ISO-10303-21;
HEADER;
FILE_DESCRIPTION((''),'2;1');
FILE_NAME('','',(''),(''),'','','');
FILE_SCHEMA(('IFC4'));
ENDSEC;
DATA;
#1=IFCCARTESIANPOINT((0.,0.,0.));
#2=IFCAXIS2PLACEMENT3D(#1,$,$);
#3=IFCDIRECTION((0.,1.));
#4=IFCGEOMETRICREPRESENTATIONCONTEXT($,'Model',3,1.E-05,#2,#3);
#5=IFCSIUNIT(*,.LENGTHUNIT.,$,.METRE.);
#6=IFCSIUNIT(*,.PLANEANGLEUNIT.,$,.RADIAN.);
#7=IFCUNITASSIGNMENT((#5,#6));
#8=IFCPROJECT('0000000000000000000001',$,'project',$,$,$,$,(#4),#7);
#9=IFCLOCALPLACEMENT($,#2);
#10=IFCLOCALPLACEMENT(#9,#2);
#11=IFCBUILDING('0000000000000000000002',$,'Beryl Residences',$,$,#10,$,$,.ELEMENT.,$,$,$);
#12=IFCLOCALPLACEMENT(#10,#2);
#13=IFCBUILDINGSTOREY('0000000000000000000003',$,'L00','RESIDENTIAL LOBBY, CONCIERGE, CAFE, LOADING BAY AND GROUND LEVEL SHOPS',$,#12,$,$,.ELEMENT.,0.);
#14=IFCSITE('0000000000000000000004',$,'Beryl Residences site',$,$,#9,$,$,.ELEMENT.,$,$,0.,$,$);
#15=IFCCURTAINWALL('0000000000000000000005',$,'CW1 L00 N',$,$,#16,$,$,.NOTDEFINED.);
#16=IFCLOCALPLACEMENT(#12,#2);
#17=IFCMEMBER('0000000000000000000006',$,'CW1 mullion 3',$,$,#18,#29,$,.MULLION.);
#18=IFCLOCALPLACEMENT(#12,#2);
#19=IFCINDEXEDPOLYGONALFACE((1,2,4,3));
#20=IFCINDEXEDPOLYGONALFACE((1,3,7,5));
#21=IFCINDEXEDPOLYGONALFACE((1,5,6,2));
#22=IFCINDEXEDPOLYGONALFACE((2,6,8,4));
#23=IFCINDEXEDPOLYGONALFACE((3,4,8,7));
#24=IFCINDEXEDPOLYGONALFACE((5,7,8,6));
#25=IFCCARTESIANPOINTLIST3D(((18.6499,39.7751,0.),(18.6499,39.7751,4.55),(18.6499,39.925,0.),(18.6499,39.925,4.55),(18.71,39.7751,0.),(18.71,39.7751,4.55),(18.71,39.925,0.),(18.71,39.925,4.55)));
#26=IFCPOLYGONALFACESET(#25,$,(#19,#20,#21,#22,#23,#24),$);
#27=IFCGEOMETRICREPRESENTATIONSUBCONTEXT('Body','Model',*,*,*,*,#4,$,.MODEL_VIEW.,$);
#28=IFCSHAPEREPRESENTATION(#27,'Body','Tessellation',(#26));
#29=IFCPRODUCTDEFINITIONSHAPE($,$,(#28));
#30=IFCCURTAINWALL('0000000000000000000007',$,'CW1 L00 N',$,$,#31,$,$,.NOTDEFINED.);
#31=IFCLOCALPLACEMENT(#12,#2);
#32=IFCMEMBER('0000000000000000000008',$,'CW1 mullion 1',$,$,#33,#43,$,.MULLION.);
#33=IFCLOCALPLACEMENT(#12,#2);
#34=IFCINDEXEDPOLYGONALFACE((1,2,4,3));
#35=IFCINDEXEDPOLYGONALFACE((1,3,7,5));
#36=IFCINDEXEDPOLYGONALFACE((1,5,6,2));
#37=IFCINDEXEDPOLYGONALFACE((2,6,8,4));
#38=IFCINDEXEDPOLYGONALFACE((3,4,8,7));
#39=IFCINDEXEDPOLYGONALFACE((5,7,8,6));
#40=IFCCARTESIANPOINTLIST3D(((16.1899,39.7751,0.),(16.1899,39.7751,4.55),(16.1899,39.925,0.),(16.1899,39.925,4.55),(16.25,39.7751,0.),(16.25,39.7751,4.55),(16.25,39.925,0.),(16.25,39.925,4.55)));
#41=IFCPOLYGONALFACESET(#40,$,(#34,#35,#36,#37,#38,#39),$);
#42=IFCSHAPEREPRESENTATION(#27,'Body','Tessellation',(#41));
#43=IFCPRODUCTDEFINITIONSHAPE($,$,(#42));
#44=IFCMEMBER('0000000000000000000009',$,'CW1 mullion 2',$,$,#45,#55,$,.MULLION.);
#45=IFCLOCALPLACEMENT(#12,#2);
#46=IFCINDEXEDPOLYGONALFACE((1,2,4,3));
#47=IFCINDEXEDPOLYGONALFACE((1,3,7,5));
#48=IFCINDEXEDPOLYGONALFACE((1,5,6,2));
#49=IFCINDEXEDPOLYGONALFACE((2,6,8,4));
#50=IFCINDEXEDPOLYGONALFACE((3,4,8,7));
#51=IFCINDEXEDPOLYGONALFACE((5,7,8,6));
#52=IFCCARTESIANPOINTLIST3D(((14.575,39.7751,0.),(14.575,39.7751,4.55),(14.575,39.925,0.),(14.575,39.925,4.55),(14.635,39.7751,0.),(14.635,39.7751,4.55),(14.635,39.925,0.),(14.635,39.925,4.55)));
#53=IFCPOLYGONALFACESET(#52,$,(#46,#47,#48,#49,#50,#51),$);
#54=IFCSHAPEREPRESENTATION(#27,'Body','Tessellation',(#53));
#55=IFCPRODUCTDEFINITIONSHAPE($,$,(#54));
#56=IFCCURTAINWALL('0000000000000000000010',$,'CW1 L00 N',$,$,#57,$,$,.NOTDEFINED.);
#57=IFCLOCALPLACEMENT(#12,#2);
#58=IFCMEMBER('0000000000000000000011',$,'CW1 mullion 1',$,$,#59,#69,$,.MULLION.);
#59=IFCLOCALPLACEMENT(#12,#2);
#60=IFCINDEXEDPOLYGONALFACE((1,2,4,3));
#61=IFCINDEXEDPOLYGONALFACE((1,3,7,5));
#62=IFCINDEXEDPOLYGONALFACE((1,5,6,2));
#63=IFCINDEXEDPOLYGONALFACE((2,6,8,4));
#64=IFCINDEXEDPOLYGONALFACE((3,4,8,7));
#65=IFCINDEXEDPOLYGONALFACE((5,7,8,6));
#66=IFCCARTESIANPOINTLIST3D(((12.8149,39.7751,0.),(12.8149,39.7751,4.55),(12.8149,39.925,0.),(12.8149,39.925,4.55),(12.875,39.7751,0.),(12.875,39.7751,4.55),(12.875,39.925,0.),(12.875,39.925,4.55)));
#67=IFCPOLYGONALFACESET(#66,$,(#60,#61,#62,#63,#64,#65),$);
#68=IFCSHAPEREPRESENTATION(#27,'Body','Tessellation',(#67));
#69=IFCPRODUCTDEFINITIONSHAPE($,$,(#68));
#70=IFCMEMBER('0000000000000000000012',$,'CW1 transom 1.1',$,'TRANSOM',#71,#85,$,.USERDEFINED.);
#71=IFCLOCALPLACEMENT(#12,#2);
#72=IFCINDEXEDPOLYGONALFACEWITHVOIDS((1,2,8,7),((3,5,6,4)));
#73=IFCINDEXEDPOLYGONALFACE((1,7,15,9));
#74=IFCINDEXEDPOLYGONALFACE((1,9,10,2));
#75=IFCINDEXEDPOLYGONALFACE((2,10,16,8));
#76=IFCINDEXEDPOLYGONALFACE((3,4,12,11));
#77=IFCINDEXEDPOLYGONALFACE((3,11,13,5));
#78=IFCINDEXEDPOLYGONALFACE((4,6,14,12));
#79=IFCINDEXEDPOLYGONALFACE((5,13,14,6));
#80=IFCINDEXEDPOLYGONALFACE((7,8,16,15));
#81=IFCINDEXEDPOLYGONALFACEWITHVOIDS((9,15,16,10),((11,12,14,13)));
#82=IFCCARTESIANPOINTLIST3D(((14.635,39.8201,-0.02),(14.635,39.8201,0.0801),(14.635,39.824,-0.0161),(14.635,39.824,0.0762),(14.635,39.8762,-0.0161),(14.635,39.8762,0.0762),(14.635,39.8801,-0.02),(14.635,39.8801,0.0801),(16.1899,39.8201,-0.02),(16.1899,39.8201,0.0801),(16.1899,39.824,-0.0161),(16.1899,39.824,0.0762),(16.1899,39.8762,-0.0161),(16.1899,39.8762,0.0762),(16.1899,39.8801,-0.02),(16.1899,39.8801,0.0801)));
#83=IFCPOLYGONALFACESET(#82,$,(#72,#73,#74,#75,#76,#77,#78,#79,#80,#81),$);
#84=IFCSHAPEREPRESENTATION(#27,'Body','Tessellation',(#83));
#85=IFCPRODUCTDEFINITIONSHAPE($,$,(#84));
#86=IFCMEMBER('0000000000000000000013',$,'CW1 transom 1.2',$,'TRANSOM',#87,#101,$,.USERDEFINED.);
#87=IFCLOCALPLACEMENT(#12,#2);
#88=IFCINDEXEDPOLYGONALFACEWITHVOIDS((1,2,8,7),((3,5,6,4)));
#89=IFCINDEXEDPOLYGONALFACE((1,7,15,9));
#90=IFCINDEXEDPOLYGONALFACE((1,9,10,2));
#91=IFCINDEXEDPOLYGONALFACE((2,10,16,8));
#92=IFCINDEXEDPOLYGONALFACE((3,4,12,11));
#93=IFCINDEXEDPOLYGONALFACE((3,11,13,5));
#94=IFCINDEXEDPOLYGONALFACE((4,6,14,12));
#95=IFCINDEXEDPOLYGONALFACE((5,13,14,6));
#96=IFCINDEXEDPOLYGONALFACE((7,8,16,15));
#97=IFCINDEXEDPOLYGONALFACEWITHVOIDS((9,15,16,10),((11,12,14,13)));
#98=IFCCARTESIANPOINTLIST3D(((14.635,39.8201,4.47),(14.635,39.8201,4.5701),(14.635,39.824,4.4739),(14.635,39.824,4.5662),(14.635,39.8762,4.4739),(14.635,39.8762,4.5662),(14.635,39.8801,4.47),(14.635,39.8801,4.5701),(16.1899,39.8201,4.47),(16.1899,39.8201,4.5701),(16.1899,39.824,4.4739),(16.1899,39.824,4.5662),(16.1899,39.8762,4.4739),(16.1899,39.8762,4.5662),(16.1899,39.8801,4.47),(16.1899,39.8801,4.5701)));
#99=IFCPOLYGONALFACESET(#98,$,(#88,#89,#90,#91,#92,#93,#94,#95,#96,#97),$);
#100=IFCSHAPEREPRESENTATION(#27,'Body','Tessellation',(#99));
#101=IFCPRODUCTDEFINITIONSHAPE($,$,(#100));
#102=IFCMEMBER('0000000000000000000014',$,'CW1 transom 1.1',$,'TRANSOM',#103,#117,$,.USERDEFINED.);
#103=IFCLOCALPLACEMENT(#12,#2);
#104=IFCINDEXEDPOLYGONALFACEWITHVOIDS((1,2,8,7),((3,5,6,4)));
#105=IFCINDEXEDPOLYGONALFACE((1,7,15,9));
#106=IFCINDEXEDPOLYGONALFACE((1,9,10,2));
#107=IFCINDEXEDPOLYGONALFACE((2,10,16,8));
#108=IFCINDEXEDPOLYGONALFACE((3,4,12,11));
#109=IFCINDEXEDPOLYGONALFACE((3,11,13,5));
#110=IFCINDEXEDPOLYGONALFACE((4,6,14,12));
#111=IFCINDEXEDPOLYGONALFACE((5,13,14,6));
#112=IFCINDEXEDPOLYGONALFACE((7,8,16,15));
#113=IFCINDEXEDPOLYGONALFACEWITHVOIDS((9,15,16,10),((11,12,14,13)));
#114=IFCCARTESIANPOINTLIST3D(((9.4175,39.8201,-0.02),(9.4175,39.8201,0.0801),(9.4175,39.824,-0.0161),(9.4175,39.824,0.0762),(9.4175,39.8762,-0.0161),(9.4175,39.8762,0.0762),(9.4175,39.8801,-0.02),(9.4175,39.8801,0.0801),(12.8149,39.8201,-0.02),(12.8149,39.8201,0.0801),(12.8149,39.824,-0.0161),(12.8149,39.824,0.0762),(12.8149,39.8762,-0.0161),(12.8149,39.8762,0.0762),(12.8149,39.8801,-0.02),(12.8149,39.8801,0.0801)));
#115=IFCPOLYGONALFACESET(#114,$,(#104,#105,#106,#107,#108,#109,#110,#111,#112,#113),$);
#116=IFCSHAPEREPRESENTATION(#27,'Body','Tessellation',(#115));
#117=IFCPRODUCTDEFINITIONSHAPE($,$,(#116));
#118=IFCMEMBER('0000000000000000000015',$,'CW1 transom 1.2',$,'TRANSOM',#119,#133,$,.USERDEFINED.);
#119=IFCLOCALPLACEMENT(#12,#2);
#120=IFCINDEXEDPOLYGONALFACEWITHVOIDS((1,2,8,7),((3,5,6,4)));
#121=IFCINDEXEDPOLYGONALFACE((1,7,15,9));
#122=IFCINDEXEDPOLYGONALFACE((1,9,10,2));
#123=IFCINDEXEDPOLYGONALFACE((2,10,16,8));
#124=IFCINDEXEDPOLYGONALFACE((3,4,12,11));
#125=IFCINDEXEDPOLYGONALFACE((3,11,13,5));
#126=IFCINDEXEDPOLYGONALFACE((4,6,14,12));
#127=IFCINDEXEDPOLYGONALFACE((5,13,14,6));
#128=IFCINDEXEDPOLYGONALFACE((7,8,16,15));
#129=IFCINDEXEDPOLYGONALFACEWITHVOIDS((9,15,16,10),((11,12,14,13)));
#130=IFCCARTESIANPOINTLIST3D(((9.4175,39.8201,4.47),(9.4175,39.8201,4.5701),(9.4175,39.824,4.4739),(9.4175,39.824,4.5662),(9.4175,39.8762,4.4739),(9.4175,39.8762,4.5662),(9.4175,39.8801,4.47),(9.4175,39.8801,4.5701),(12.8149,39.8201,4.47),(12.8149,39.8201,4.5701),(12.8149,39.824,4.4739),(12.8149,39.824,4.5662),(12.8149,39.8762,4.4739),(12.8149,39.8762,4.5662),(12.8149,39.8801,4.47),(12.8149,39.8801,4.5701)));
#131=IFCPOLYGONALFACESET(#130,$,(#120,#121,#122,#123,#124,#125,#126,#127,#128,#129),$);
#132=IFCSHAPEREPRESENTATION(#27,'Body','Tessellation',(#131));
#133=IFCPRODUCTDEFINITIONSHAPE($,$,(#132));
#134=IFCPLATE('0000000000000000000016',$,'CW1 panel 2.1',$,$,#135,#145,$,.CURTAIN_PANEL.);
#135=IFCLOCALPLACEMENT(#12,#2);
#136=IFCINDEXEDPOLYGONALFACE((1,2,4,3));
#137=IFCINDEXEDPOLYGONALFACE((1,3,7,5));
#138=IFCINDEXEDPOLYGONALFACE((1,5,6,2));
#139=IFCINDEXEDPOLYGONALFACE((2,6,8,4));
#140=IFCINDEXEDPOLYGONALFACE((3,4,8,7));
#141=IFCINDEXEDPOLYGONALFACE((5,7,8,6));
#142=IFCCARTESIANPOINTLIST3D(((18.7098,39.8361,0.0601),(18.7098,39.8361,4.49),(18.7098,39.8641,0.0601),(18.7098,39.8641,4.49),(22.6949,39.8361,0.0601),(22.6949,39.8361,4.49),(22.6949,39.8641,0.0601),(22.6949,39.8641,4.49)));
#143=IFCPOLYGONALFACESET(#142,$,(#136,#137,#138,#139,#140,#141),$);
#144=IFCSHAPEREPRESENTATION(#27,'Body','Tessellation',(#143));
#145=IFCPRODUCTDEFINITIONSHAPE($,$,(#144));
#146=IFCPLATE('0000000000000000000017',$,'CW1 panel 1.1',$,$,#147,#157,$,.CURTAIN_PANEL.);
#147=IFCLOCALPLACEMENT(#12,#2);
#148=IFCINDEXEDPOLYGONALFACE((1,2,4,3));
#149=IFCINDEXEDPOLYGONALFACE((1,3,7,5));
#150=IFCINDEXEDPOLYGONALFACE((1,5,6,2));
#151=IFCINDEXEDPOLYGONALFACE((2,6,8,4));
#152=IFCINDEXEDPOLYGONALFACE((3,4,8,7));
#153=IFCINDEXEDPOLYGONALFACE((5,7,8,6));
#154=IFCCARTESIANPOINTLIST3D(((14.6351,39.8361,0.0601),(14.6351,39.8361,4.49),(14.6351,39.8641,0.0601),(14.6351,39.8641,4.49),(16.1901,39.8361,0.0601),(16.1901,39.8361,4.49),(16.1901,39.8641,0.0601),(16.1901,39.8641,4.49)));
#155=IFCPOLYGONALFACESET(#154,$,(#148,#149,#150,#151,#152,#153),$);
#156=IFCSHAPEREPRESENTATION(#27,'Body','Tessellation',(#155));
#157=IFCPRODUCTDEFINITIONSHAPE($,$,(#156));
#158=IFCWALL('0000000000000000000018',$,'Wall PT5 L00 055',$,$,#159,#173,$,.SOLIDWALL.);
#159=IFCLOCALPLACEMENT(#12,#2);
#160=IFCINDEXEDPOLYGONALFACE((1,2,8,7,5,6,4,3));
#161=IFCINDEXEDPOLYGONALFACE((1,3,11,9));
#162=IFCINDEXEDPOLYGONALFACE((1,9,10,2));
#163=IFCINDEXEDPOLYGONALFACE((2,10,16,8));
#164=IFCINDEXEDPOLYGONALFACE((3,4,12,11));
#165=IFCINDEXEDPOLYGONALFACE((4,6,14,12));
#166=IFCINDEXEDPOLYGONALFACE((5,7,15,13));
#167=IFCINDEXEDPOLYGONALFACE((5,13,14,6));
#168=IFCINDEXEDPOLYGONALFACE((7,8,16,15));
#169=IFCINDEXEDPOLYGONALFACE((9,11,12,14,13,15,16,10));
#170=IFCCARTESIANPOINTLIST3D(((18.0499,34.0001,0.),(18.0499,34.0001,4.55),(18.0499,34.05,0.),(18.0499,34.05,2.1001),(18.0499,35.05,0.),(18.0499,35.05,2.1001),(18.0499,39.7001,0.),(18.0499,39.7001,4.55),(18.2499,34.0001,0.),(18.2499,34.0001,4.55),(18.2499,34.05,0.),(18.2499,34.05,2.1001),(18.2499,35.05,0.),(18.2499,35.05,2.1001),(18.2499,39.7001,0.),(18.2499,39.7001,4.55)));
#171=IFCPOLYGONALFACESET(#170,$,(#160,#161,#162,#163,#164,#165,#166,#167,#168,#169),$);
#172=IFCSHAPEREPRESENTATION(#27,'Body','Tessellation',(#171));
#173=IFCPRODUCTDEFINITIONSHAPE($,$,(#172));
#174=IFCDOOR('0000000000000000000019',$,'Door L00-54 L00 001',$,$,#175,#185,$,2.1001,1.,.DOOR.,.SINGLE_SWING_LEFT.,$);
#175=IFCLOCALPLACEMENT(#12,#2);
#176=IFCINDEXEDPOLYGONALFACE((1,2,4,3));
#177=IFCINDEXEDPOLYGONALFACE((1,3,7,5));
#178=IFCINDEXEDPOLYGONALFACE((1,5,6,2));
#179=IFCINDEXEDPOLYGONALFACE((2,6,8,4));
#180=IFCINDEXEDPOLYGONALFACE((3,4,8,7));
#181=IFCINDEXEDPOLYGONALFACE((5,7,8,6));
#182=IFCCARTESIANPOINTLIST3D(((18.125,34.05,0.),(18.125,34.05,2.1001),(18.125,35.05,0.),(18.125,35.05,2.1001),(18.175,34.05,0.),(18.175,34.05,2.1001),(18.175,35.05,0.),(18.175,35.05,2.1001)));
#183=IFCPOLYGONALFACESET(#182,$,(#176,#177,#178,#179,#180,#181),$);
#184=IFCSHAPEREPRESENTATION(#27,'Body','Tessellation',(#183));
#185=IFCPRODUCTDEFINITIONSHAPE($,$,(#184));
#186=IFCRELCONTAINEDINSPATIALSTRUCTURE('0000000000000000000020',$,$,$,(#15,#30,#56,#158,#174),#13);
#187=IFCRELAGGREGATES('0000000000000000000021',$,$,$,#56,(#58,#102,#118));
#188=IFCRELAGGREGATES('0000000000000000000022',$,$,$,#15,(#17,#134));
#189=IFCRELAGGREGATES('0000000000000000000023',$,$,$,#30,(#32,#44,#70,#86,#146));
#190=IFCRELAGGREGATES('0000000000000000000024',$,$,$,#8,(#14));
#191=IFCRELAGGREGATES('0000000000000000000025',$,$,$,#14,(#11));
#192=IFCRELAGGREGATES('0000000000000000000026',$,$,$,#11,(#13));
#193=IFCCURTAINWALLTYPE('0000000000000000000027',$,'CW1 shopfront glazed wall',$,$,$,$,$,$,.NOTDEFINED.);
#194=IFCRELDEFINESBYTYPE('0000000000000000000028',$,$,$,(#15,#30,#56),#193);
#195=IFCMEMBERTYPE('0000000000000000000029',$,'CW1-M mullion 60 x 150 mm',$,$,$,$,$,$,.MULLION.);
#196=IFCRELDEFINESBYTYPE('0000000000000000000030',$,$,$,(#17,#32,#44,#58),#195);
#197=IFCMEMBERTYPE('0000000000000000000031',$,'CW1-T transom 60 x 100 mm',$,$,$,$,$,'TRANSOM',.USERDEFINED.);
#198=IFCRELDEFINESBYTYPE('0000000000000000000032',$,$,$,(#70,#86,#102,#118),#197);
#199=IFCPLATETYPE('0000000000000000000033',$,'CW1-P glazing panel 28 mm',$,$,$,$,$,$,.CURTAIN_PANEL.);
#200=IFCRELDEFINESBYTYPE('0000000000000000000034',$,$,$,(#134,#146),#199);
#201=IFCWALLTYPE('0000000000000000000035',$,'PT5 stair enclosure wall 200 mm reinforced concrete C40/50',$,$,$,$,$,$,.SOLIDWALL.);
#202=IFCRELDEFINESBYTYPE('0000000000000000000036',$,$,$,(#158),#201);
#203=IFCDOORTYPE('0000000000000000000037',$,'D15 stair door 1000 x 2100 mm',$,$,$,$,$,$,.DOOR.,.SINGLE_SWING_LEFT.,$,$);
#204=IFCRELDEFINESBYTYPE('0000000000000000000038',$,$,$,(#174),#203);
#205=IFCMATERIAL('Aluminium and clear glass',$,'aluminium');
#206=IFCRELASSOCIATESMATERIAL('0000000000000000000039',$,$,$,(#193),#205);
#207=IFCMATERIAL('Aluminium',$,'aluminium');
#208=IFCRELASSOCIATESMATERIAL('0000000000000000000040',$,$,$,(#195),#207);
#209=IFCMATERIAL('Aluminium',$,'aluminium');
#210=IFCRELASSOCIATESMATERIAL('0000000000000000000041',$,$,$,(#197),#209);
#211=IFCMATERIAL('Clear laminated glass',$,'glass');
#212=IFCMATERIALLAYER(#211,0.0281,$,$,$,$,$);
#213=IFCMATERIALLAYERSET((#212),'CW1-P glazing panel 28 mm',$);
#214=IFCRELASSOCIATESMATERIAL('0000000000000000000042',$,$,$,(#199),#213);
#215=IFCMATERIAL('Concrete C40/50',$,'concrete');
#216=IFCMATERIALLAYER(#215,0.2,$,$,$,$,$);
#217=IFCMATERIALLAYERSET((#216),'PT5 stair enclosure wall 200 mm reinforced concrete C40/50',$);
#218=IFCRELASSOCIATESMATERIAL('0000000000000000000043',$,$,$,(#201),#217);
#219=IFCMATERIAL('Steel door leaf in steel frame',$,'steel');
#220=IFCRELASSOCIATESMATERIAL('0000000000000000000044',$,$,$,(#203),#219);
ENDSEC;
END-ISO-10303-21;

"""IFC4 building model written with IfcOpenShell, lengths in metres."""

from ifc_helpers import new_model, si_unit, direction, frame, frame_2d, origin, origin_2d, place, context, subcontext, project, spatial, rectangle, hollow_rectangle, extrude, material, layer, layer_set, material_profile, profile_set, type_object, element, fill, aggregate, save


model = new_model("IFC4")

# Units and contexts
model_context = context("Model", 3, precision=1e-05, world=origin(), true_north=direction((0.0, 1.0)))
body_context = subcontext(model_context, "Body", "Model", "MODEL_VIEW")
ifc_project = project(units=[si_unit("LENGTHUNIT", "METRE"), si_unit("PLANEANGLEUNIT", "RADIAN")], contexts=[model_context])

# Site, building, storey
site_placement = place(None, origin())
site = spatial("IfcSite", under=ifc_project, at=site_placement, Name="Beryl Residences site", CompositionType="ELEMENT", RefElevation=0.0)
building_placement = place(site_placement, origin())
building = spatial("IfcBuilding", under=site, at=building_placement, Name="Beryl Residences", CompositionType="ELEMENT")
storey_placement = place(building_placement, origin())
storey = spatial("IfcBuildingStorey", under=building, at=storey_placement, Name="L00", Description="RESIDENTIAL LOBBY, CONCIERGE, CAFE, LOADING BAY AND GROUND LEVEL SHOPS", CompositionType="ELEMENT", Elevation=0.0)

# Curtain wall, member
ifc_material_1 = material(Name="Aluminium and clear glass", Category="aluminium")
curtain_wall_type = type_object("IfcCurtainWallType", Name="CW1 shopfront glazed wall", PredefinedType="NOTDEFINED", material=ifc_material_1)
curtain_wall_1_placement = place(storey_placement, origin())
curtain_wall_1 = element("IfcCurtainWall", 1, at=curtain_wall_1_placement, inside=storey, type_object=curtain_wall_type, Name="CW1 L00 N", PredefinedType="NOTDEFINED")
ifc_material_2 = material(Name="Aluminium", Category="aluminium")
ifc_material_profile_1 = material_profile(ifc_material_2, rectangle(XDim=0.0601, YDim=0.1499, at=origin_2d()))
ifc_profile_set_1 = profile_set([ifc_material_profile_1], Name="Aluminium")
member_type_1 = type_object("IfcMemberType", Name="CW1-M mullion 60 x 150 mm", PredefinedType="MULLION", material=ifc_profile_set_1)
member_1_placement = place(storey_placement, frame((18.6799, 39.8501, 0.0), z_axis=(0.0, 0.0, 1.0), x_axis=(-1.0, 0.0, 0.0)))
member_1 = element("IfcMember", 2, at=member_1_placement, type_object=member_type_1, Name="CW1 mullion 3", PredefinedType="MULLION", context=body_context, shape_type="SweptSolid", body=[
    extrude(rectangle(XDim=0.0601, YDim=0.1499, at=origin_2d()), origin(), (0.0, 0.0, 1.0), 4.55),
])

# Curtain wall, members
curtain_wall_2_placement = place(storey_placement, origin())
curtain_wall_2 = element("IfcCurtainWall", 3, at=curtain_wall_2_placement, inside=storey, type_object=curtain_wall_type, Name="CW1 L00 N", PredefinedType="NOTDEFINED")
member_2_placement = place(storey_placement, frame((16.22, 39.8501, 0.0), z_axis=(0.0, 0.0, 1.0), x_axis=(-1.0, 0.0, 0.0)))
member_2 = element("IfcMember", 4, at=member_2_placement, type_object=member_type_1, Name="CW1 mullion 1", PredefinedType="MULLION", context=body_context, shape_type="SweptSolid", body=[
    extrude(rectangle(XDim=0.0601, YDim=0.1499, at=origin_2d()), origin(), (0.0, 0.0, 1.0), 4.55),
])
member_3_placement = place(storey_placement, frame((14.605, 39.8501, 0.0), z_axis=(0.0, 0.0, 1.0), x_axis=(-1.0, 0.0, 0.0)))
member_3 = element("IfcMember", 5, at=member_3_placement, type_object=member_type_1, Name="CW1 mullion 2", PredefinedType="MULLION", context=body_context, shape_type="SweptSolid", body=[
    extrude(rectangle(XDim=0.0601, YDim=0.1499, at=origin_2d()), origin(), (0.0, 0.0, 1.0), 4.55),
])

# Curtain wall, member
curtain_wall_3_placement = place(storey_placement, origin())
curtain_wall_3 = element("IfcCurtainWall", 6, at=curtain_wall_3_placement, inside=storey, type_object=curtain_wall_type, Name="CW1 L00 N", PredefinedType="NOTDEFINED")
member_4_placement = place(storey_placement, frame((12.845, 39.8501, 0.0), z_axis=(0.0, 0.0, 1.0), x_axis=(-1.0, 0.0, 0.0)))
member_4 = element("IfcMember", 7, at=member_4_placement, type_object=member_type_1, Name="CW1 mullion 1", PredefinedType="MULLION", context=body_context, shape_type="SweptSolid", body=[
    extrude(rectangle(XDim=0.0601, YDim=0.1499, at=origin_2d()), origin(), (0.0, 0.0, 1.0), 4.55),
])

# Members
ifc_material_3 = material(Name="Aluminium", Category="aluminium")
ifc_material_profile_2 = material_profile(ifc_material_3, hollow_rectangle(XDim=0.0601, YDim=0.1001, WallThickness=0.0039, at=origin_2d()))
ifc_profile_set_2 = profile_set([ifc_material_profile_2], Name="Aluminium")
member_type_2 = type_object("IfcMemberType", Name="CW1-T transom 60 x 100 mm", ElementType="TRANSOM", PredefinedType="USERDEFINED", material=ifc_profile_set_2)
member_5_placement = place(storey_placement, frame((16.1899, 39.8501, 0.03), z_axis=(-1.0, 0.0, 0.0), x_axis=(0.0, -1.0, 0.0)))
member_5 = element("IfcMember", 8, at=member_5_placement, type_object=member_type_2, Name="CW1 transom 1.1", ObjectType="TRANSOM", PredefinedType="USERDEFINED", context=body_context, shape_type="SweptSolid", body=[
    extrude(hollow_rectangle(XDim=0.0601, YDim=0.1001, WallThickness=0.0039, at=origin_2d()), origin(), (0.0, 0.0, 1.0), 1.5549),
])
member_6_placement = place(storey_placement, frame((16.1899, 39.8501, 4.52), z_axis=(-1.0, 0.0, 0.0), x_axis=(0.0, -1.0, 0.0)))
member_6 = element("IfcMember", 9, at=member_6_placement, type_object=member_type_2, Name="CW1 transom 1.2", ObjectType="TRANSOM", PredefinedType="USERDEFINED", context=body_context, shape_type="SweptSolid", body=[
    extrude(hollow_rectangle(XDim=0.0601, YDim=0.1001, WallThickness=0.0039, at=origin_2d()), origin(), (0.0, 0.0, 1.0), 1.5549),
])
member_7_placement = place(storey_placement, frame((12.8149, 39.8501, 0.03), z_axis=(-1.0, 0.0, 0.0), x_axis=(0.0, -1.0, 0.0)))
member_7 = element("IfcMember", 10, at=member_7_placement, type_object=member_type_2, Name="CW1 transom 1.1", ObjectType="TRANSOM", PredefinedType="USERDEFINED", context=body_context, shape_type="SweptSolid", body=[
    extrude(hollow_rectangle(XDim=0.0601, YDim=0.1001, WallThickness=0.0039, at=origin_2d()), origin(), (0.0, 0.0, 1.0), 3.3975),
])
member_8_placement = place(storey_placement, frame((12.8149, 39.8501, 4.52), z_axis=(-1.0, 0.0, 0.0), x_axis=(0.0, -1.0, 0.0)))
member_8 = element("IfcMember", 11, at=member_8_placement, type_object=member_type_2, Name="CW1 transom 1.2", ObjectType="TRANSOM", PredefinedType="USERDEFINED", context=body_context, shape_type="SweptSolid", body=[
    extrude(hollow_rectangle(XDim=0.0601, YDim=0.1001, WallThickness=0.0039, at=origin_2d()), origin(), (0.0, 0.0, 1.0), 3.3975),
])
aggregate(curtain_wall_3, [member_4, member_7, member_8])

# Plates
ifc_material_4 = material(Name="Clear laminated glass", Category="glass")
ifc_layer_1 = layer(ifc_material_4, 0.0281)
ifc_layer_set_1 = layer_set([ifc_layer_1], Name="CW1-P glazing panel 28 mm")
plate_type = type_object("IfcPlateType", Name="CW1-P glazing panel 28 mm", PredefinedType="CURTAIN_PANEL", material=ifc_layer_set_1)
plate_1_placement = place(storey_placement, frame((20.7024, 39.8501, 0.0601), z_axis=(0.0, 0.0, 1.0), x_axis=(-1.0, 0.0, 0.0)))
plate_1 = element("IfcPlate", 12, at=plate_1_placement, type_object=plate_type, Name="CW1 panel 2.1", PredefinedType="CURTAIN_PANEL", context=body_context, shape_type="SweptSolid", body=[
    extrude(rectangle(XDim=3.9851, YDim=0.0281, at=origin_2d()), origin(), (0.0, 0.0, 1.0), 4.4299),
])
aggregate(curtain_wall_1, [member_1, plate_1])
plate_2_placement = place(storey_placement, frame((15.4126, 39.8501, 0.0601), z_axis=(0.0, 0.0, 1.0), x_axis=(-1.0, 0.0, 0.0)))
plate_2 = element("IfcPlate", 13, at=plate_2_placement, type_object=plate_type, Name="CW1 panel 1.1", PredefinedType="CURTAIN_PANEL", context=body_context, shape_type="SweptSolid", body=[
    extrude(rectangle(XDim=1.5549, YDim=0.0281, at=origin_2d()), origin(), (0.0, 0.0, 1.0), 4.4299),
])
aggregate(curtain_wall_2, [member_2, member_3, member_5, member_6, plate_2])

# Wall, opening, door
ifc_material_5 = material(Name="Concrete C40/50", Category="concrete")
ifc_layer_2 = layer(ifc_material_5, 0.2)
ifc_layer_set_2 = layer_set([ifc_layer_2], Name="PT5 stair enclosure wall 200 mm reinforced concrete C40/50")
wall_type_1 = type_object("IfcWallType", Name="PT5 stair enclosure wall 200 mm reinforced concrete C40/50", PredefinedType="SOLIDWALL", material=ifc_layer_set_2)
wall_1_placement = place(storey_placement, frame((18.1499, 34.0, 0.0), z_axis=(0.0, 0.0, 1.0), x_axis=(0.0, 1.0, 0.0)))
wall_1 = element("IfcWall", 14, at=wall_1_placement, inside=storey, type_object=wall_type_1, Name="Wall PT5 L00 055", PredefinedType="SOLIDWALL", context=body_context, shape_type="SweptSolid", body=[
    extrude(rectangle(XDim=5.7, YDim=0.2, at=frame_2d((2.8501, 0.0))), origin(), (0.0, 0.0, 1.0), 4.55),
])
opening_1_placement = place(wall_1_placement, frame((0.05, 0.0, 0.0)))
opening_1 = element("IfcOpeningElement", 15, at=opening_1_placement, cuts=wall_1, PredefinedType="OPENING", context=body_context, shape_type="SweptSolid", body=[
    extrude(rectangle(XDim=1.0, YDim=2.1001, at=frame_2d((0.5, 1.05))), frame((0.0, 0.1099, 0.0), z_axis=(0.0, -1.0, 0.0), x_axis=(1.0, 0.0, 0.0)), (0.0, 0.0, 1.0), 0.22),
])
ifc_material_6 = material(Name="Steel door leaf in steel frame", Category="steel")
door_type_1 = type_object("IfcDoorType", Name="D15 stair door 1000 x 2100 mm", OperationType="SINGLE_SWING_LEFT", PredefinedType="DOOR", material=ifc_material_6)
door_1_placement = place(opening_1_placement, origin())
door_1 = element("IfcDoor", 16, at=door_1_placement, inside=storey, type_object=door_type_1, Name="Door L00-54 L00 001", OperationType="SINGLE_SWING_LEFT", OverallHeight=2.1001, OverallWidth=1.0, PredefinedType="DOOR", context=body_context, shape_type="SweptSolid", body=[
    extrude(rectangle(XDim=1.0, YDim=2.1001, at=frame_2d((0.5, 1.05))), frame((0.0, 0.0249, 0.0), z_axis=(0.0, -1.0, 0.0), x_axis=(1.0, 0.0, 0.0)), (0.0, 0.0, 1.0), 0.05),
])
fill(opening_1, door_1)

save(model, "model.ifc")
